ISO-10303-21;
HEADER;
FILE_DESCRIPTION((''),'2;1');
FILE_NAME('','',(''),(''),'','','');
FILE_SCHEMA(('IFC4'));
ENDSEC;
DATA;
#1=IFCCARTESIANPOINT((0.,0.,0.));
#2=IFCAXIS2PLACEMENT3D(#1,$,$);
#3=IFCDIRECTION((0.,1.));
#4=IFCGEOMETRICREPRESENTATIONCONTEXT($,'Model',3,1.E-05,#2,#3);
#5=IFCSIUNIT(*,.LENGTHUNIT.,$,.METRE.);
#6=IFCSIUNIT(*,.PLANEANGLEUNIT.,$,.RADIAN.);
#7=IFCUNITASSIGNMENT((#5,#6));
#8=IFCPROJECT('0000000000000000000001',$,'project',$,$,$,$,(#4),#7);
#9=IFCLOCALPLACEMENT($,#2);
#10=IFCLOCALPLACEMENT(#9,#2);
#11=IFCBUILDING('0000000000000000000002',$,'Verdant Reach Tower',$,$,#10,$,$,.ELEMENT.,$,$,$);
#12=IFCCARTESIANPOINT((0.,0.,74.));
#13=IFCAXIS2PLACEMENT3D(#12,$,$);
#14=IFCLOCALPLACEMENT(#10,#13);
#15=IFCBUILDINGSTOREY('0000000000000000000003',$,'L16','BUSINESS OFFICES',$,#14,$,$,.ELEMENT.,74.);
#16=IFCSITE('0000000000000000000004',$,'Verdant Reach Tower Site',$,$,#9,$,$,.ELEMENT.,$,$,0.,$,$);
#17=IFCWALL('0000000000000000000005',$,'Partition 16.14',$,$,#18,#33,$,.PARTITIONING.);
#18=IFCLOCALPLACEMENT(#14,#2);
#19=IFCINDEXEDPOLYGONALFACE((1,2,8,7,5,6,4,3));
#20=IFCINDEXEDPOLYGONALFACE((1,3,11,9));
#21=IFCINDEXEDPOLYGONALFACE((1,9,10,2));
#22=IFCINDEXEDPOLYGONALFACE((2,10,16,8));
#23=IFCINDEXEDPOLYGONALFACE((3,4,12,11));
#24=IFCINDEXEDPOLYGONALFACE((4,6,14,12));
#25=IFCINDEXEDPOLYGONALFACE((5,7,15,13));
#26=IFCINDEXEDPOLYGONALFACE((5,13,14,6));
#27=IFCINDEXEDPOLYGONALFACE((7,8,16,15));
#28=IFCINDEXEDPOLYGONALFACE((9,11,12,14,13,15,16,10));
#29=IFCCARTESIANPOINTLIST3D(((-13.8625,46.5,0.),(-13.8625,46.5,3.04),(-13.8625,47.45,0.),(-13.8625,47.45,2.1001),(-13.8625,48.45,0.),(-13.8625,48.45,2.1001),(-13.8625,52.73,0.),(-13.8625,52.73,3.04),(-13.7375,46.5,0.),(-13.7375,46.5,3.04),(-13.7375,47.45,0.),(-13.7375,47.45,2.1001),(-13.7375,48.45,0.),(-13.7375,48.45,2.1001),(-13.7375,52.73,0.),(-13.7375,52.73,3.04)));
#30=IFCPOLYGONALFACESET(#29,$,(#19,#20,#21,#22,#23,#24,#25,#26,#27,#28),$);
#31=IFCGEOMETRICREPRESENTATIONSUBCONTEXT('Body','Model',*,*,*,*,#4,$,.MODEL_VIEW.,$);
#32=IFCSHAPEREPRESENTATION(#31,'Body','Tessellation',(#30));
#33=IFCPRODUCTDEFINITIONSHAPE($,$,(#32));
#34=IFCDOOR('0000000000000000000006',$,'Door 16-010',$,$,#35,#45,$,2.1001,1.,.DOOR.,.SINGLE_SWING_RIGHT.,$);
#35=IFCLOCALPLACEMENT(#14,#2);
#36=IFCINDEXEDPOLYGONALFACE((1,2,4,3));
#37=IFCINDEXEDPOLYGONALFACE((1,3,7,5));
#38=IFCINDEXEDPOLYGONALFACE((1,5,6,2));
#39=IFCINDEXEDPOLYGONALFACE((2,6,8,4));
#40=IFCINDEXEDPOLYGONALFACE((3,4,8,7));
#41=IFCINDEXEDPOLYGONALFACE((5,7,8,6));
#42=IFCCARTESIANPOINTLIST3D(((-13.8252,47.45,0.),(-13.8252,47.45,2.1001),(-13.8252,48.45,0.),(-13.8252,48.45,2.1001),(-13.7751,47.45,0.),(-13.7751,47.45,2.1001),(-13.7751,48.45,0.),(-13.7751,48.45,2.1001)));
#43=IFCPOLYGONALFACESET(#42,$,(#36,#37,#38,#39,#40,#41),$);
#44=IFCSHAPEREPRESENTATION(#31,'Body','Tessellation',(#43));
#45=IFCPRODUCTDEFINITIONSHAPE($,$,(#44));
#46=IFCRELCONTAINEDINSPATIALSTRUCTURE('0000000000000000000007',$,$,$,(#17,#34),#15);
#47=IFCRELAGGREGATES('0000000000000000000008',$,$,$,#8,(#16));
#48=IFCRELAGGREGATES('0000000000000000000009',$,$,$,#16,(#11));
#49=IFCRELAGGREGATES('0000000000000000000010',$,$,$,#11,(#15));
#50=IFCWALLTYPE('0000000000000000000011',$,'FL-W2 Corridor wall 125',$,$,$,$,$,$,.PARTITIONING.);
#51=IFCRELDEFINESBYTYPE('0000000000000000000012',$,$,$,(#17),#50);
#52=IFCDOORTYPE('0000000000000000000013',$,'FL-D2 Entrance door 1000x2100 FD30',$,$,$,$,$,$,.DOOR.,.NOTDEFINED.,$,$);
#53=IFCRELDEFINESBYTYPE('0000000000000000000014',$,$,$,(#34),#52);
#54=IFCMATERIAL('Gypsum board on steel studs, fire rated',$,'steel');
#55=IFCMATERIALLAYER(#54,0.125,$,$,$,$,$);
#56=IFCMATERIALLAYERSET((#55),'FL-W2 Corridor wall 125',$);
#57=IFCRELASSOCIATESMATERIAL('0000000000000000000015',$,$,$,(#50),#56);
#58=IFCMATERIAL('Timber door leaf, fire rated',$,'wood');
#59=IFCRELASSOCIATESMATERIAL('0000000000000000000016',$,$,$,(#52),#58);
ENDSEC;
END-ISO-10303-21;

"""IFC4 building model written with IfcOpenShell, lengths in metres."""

from ifc_helpers import new_model, si_unit, direction, frame, frame_2d, origin, place, context, subcontext, project, spatial, rectangle, extrude, material, layer, layer_set, type_object, element, fill, save


model = new_model("IFC4")

# Units and contexts
model_context = context("Model", 3, precision=1e-05, world=origin(), true_north=direction((0.0, 1.0)))
body_context = subcontext(model_context, "Body", "Model", "MODEL_VIEW")
ifc_project = project(units=[si_unit("LENGTHUNIT", "METRE"), si_unit("PLANEANGLEUNIT", "RADIAN")], contexts=[model_context])

# Site, building, storey
site_placement = place(None, origin())
site = spatial("IfcSite", under=ifc_project, at=site_placement, Name="Verdant Reach Tower Site", CompositionType="ELEMENT", RefElevation=0.0)
building_placement = place(site_placement, origin())
building = spatial("IfcBuilding", under=site, at=building_placement, Name="Verdant Reach Tower", CompositionType="ELEMENT")
storey_placement = place(building_placement, frame((0.0, 0.0, 74.0)))
storey = spatial("IfcBuildingStorey", under=building, at=storey_placement, Name="L16", Description="BUSINESS OFFICES", CompositionType="ELEMENT", Elevation=74.0)

# Shared definitions
ifc_material_1 = material(Name="Gypsum board on steel studs, fire rated", Category="steel")
ifc_layer_1 = layer(ifc_material_1, 0.125)
ifc_layer_set_1 = layer_set([ifc_layer_1], Name="FL-W2 Corridor wall 125")
wall_type_1 = type_object("IfcWallType", Name="FL-W2 Corridor wall 125", PredefinedType="PARTITIONING", material=ifc_layer_set_1)

# Wall, opening, door
wall_1_placement = place(storey_placement, frame((-13.8, 52.73, 0.0), z_axis=(0.0, 0.0, 1.0), x_axis=(0.0, -1.0, 0.0)))
wall_1 = element("IfcWall", 1, at=wall_1_placement, inside=storey, type_object=wall_type_1, Name="Partition 16.14", PredefinedType="PARTITIONING", context=body_context, shape_type="SweptSolid", body=[
    extrude(rectangle(XDim=6.23, YDim=0.125, at=frame_2d((3.115, 0.0))), origin(), (0.0, 0.0, 1.0), 3.04),
])
opening_1_placement = place(wall_1_placement, frame((4.28, 0.0, 0.0)))
opening_1 = element("IfcOpeningElement", 2, at=opening_1_placement, cuts=wall_1, PredefinedType="OPENING", context=body_context, shape_type="SweptSolid", body=[
    extrude(rectangle(XDim=1.0, YDim=2.1001, at=frame_2d((0.5, 1.05))), frame((0.0, 0.0725, 0.0), z_axis=(0.0, -1.0, 0.0), x_axis=(1.0, 0.0, 0.0)), (0.0, 0.0, 1.0), 0.145),
])
ifc_material_2 = material(Name="Timber door leaf, fire rated", Category="wood")
door_type_1 = type_object("IfcDoorType", Name="FL-D2 Entrance door 1000x2100 FD30", OperationType="NOTDEFINED", PredefinedType="DOOR", material=ifc_material_2)
door_1_placement = place(opening_1_placement, origin())
door_1 = element("IfcDoor", 3, at=door_1_placement, inside=storey, type_object=door_type_1, Name="Door 16-010", OperationType="SINGLE_SWING_RIGHT", OverallHeight=2.1001, OverallWidth=1.0, PredefinedType="DOOR", context=body_context, shape_type="SweptSolid", body=[
    extrude(rectangle(XDim=1.0, YDim=2.1001, at=frame_2d((0.5, 1.05))), frame((0.0, 0.0249, 0.0), z_axis=(0.0, -1.0, 0.0), x_axis=(1.0, 0.0, 0.0)), (0.0, 0.0, 1.0), 0.05),
])
fill(opening_1, door_1)

save(model, "model.ifc")
